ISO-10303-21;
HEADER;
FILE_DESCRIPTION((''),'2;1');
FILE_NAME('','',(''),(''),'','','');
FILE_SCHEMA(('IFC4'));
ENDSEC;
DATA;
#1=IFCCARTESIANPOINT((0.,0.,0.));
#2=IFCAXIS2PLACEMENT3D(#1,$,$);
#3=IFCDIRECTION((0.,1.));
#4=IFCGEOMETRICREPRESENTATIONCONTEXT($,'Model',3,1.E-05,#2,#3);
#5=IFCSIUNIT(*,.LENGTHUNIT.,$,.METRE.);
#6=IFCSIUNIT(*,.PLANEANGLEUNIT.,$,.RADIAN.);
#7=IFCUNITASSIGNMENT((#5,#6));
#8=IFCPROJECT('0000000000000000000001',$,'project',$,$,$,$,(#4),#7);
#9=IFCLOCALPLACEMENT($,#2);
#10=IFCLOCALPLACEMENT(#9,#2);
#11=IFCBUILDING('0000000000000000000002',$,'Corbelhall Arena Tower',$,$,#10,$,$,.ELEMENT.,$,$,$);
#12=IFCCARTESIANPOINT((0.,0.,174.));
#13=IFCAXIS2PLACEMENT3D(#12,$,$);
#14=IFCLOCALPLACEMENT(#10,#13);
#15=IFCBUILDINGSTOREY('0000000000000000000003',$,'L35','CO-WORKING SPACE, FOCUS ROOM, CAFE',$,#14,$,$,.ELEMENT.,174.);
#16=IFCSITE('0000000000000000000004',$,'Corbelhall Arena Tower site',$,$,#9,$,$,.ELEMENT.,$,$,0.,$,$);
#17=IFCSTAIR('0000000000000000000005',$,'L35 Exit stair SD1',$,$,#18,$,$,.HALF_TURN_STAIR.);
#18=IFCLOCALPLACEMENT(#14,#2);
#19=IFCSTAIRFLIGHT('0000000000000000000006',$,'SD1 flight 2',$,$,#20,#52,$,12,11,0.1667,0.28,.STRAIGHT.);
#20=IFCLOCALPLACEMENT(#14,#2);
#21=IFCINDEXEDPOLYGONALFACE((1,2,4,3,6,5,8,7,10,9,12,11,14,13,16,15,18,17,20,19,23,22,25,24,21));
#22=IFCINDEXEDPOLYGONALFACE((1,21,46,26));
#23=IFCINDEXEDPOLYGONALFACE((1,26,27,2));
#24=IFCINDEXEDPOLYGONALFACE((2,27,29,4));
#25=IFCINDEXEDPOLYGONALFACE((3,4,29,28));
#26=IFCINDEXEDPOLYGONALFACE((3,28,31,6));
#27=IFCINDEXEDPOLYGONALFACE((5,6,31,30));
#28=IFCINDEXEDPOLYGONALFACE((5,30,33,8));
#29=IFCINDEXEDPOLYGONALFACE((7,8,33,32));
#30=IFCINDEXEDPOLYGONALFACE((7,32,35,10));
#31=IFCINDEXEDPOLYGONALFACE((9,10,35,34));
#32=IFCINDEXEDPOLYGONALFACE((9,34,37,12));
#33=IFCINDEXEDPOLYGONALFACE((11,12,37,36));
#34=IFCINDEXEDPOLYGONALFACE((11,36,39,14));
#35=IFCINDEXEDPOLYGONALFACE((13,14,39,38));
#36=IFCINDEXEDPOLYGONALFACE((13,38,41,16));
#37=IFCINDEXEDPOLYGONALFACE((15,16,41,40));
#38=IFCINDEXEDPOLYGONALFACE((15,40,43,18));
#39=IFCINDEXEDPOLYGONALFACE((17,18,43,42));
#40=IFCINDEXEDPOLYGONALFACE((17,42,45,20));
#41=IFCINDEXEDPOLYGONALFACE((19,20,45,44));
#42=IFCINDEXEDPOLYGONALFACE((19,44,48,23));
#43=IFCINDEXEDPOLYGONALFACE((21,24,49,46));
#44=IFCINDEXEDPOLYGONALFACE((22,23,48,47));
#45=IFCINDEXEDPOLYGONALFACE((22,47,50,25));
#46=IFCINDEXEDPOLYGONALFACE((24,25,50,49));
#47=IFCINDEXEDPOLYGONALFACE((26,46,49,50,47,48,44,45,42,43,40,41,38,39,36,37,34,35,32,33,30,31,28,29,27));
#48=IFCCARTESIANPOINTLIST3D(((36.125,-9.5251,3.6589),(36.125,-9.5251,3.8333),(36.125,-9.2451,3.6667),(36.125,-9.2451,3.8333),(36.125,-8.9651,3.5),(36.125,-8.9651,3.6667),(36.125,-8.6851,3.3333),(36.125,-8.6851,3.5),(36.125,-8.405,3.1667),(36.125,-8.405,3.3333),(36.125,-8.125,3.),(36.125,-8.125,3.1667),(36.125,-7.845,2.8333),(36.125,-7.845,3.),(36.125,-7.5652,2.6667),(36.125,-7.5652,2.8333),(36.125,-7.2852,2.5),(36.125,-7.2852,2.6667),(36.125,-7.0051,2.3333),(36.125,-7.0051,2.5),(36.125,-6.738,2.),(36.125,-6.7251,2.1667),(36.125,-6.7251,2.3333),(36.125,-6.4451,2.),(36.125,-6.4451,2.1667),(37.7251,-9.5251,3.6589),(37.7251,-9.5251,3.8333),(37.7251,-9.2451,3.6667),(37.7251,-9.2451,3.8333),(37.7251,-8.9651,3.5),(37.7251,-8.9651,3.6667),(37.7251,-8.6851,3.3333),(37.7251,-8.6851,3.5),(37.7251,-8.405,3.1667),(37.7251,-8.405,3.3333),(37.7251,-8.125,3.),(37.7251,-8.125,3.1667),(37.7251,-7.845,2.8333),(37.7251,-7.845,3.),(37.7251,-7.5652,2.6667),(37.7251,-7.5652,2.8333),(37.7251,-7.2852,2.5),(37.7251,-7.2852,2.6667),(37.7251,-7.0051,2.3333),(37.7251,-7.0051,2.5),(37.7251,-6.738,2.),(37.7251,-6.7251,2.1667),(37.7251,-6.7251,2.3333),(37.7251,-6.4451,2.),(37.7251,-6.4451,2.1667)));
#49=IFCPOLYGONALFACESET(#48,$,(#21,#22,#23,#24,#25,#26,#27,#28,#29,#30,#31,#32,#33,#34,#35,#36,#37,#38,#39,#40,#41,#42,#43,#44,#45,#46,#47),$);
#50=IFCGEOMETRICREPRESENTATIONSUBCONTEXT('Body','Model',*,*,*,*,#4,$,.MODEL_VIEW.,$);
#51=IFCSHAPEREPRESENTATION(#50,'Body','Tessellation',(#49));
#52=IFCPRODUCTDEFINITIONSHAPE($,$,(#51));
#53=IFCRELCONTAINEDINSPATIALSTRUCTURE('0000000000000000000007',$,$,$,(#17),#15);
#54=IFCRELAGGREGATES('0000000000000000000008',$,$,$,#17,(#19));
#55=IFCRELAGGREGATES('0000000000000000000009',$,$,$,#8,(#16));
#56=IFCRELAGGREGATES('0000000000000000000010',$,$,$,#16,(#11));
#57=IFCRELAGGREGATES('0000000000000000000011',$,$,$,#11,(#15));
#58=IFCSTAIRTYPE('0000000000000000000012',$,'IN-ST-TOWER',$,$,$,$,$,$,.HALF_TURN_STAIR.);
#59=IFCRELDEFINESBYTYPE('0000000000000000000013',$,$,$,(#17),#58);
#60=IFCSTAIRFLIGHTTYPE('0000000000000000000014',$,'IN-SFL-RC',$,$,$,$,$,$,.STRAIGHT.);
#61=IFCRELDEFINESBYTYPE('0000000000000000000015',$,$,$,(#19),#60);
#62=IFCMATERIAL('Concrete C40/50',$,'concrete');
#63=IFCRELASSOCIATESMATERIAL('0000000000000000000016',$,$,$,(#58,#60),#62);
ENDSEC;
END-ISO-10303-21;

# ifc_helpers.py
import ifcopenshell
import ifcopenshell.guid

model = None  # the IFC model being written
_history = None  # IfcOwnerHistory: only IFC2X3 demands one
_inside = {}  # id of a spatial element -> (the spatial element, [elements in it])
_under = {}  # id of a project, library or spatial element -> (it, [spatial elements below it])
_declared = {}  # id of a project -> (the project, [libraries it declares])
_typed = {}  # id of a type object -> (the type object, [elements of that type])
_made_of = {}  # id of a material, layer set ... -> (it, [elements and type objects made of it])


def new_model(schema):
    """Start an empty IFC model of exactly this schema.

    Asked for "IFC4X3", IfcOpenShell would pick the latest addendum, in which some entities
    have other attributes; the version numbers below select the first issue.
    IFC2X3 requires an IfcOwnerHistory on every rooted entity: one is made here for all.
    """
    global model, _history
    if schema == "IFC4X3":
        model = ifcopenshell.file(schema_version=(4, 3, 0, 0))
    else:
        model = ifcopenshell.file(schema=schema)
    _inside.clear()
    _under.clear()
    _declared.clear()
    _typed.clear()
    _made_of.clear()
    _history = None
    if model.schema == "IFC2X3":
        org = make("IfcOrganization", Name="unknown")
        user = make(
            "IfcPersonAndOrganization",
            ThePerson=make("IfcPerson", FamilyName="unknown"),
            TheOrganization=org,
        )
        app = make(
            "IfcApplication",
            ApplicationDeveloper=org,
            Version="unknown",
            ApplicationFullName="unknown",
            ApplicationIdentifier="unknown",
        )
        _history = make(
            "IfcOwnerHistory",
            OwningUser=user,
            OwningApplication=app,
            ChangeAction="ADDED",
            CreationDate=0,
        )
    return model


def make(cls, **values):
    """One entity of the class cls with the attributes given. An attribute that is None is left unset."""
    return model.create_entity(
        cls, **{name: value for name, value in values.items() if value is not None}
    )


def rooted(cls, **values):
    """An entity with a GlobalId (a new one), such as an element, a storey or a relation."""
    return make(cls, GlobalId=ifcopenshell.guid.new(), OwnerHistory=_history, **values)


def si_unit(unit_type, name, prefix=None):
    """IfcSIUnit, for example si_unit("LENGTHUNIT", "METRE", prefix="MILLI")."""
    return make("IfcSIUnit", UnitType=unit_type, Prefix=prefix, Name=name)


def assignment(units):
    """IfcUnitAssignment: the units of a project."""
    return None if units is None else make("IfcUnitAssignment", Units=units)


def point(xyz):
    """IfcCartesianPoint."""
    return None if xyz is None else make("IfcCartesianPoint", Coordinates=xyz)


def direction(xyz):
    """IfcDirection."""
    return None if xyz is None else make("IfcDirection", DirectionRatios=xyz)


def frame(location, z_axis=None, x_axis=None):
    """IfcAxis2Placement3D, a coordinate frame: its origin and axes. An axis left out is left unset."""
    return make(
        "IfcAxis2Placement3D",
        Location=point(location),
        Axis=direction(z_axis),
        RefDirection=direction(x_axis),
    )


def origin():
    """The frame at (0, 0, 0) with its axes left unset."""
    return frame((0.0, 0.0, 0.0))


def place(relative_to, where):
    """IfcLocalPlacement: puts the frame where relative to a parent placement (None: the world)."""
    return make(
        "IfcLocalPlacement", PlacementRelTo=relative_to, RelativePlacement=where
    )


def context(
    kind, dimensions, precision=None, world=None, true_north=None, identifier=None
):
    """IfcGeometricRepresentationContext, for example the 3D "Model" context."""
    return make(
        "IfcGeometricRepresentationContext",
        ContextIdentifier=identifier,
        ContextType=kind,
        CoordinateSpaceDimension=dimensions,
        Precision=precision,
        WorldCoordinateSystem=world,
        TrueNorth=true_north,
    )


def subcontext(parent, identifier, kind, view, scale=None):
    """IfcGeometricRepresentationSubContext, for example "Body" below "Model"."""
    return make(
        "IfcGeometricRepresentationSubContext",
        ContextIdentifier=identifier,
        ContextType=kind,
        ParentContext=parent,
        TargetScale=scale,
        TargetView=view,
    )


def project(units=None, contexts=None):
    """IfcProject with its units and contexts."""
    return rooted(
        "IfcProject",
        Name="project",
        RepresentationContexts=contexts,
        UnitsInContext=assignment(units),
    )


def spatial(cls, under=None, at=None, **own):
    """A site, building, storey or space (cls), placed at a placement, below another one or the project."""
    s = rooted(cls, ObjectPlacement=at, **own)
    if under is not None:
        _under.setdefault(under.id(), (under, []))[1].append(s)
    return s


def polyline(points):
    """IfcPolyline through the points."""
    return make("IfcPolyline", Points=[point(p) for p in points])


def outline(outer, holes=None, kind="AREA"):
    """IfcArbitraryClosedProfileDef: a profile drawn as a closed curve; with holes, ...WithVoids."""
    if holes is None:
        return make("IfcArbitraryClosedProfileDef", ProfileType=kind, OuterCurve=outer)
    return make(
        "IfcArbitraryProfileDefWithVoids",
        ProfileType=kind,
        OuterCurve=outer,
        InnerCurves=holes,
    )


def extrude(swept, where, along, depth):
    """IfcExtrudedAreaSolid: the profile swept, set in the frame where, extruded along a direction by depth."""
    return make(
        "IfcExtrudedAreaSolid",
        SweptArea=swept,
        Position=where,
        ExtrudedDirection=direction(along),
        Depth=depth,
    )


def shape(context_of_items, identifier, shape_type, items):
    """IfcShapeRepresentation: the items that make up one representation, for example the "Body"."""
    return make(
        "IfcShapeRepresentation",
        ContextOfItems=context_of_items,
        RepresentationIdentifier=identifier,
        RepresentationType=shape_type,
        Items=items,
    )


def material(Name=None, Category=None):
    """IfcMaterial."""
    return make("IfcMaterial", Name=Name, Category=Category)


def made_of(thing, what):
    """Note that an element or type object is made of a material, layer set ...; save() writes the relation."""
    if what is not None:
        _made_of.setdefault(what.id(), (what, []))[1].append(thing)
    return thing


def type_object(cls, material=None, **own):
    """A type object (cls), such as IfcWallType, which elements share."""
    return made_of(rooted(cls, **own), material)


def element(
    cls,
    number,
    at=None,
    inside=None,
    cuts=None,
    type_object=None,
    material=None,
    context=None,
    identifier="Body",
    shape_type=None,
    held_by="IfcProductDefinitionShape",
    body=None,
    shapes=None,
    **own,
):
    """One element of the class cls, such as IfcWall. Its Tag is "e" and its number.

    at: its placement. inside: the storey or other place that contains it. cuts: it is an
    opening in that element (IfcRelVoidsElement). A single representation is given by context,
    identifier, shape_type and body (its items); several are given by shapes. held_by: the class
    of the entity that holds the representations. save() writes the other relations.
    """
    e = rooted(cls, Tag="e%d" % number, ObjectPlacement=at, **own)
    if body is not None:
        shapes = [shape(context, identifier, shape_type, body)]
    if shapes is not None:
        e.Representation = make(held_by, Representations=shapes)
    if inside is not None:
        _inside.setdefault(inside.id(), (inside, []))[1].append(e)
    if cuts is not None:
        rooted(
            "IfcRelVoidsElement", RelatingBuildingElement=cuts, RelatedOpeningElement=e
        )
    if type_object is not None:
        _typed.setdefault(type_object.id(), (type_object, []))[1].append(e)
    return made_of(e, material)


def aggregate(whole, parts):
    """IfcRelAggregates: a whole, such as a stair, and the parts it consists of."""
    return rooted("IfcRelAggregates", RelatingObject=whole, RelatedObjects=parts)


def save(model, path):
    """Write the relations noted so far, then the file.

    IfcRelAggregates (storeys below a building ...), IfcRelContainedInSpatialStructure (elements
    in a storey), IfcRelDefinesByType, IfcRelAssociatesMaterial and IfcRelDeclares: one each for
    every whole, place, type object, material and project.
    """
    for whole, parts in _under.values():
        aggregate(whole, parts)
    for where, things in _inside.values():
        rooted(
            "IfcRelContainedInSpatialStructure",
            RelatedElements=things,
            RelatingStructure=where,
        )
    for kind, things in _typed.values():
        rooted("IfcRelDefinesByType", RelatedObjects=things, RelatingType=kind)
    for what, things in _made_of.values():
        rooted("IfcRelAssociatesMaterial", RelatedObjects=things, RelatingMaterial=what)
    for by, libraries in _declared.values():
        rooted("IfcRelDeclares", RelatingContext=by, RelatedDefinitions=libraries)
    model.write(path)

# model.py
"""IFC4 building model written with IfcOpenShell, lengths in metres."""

from ifc_helpers import new_model, si_unit, direction, frame, origin, place, context, subcontext, project, spatial, polyline, outline, extrude, material, type_object, element, aggregate, save


model = new_model("IFC4")

# Units and contexts
model_context = context("Model", 3, precision=1e-05, world=origin(), true_north=direction((0.0, 1.0)))
body_context = subcontext(model_context, "Body", "Model", "MODEL_VIEW")
ifc_project = project(units=[si_unit("LENGTHUNIT", "METRE"), si_unit("PLANEANGLEUNIT", "RADIAN")], contexts=[model_context])

# Site, building, storey
site_placement = place(None, origin())
site = spatial("IfcSite", under=ifc_project, at=site_placement, Name="Corbelhall Arena Tower site", CompositionType="ELEMENT", RefElevation=0.0)
building_placement = place(site_placement, origin())
building = spatial("IfcBuilding", under=site, at=building_placement, Name="Corbelhall Arena Tower", CompositionType="ELEMENT")
storey_placement = place(building_placement, frame((0.0, 0.0, 174.0)))
storey = spatial("IfcBuildingStorey", under=building, at=storey_placement, Name="L35", Description="CO-WORKING SPACE, FOCUS ROOM, CAFE", CompositionType="ELEMENT", Elevation=174.0)

# Shared definitions
ifc_material_1 = material(Name="Concrete C40/50", Category="concrete")

# Stair, stair flight
stair_type = type_object("IfcStairType", Name="IN-ST-TOWER", PredefinedType="HALF_TURN_STAIR", material=ifc_material_1)
stair_placement = place(storey_placement, origin())
stair = element("IfcStair", 1, at=stair_placement, inside=storey, type_object=stair_type, Name="L35 Exit stair SD1", PredefinedType="HALF_TURN_STAIR")
stair_flight_type = type_object("IfcStairFlightType", Name="IN-SFL-RC", PredefinedType="STRAIGHT", material=ifc_material_1)
stair_flight_1_placement = place(storey_placement, frame((36.925, -6.4451, 2.0), z_axis=(0.0, 0.0, 1.0), x_axis=(0.0, -1.0, 0.0)))
stair_flight_1 = element("IfcStairFlight", 2, at=stair_flight_1_placement, type_object=stair_flight_type, Name="SD1 flight 2", NumberOfRisers=12, NumberOfTreads=11, PredefinedType="STRAIGHT", RiserHeight=0.1667, TreadLength=0.28, context=body_context, shape_type="SweptSolid", body=[
    extrude(outline(polyline([(0.0, 0.0), (0.0, 0.1667), (0.28, 0.1667), (0.28, 0.3333), (0.5601, 0.3333), (0.5601, 0.5), (0.8401, 0.5), (0.8401, 0.6667), (1.1201, 0.6667), (1.1201, 0.8333), (1.3999, 0.8333), (1.3999, 1.0), (1.6799, 1.0), (1.6799, 1.1667), (1.96, 1.1667), (1.96, 1.3333), (2.24, 1.3333), (2.24, 1.5), (2.52, 1.5), (2.52, 1.6667), (2.8, 1.6667), (2.8, 1.8333), (3.0801, 1.8333), (3.0801, 2.0), (3.0801, 1.6589), (0.293, 0.0), (0.0, 0.0)])), frame((0.0, 0.8, 0.0), z_axis=(0.0, -1.0, 0.0), x_axis=(1.0, 0.0, 0.0)), (0.0, 0.0, 1.0), 1.6001),
])
aggregate(stair, [stair_flight_1])

save(model, "model.ifc")
